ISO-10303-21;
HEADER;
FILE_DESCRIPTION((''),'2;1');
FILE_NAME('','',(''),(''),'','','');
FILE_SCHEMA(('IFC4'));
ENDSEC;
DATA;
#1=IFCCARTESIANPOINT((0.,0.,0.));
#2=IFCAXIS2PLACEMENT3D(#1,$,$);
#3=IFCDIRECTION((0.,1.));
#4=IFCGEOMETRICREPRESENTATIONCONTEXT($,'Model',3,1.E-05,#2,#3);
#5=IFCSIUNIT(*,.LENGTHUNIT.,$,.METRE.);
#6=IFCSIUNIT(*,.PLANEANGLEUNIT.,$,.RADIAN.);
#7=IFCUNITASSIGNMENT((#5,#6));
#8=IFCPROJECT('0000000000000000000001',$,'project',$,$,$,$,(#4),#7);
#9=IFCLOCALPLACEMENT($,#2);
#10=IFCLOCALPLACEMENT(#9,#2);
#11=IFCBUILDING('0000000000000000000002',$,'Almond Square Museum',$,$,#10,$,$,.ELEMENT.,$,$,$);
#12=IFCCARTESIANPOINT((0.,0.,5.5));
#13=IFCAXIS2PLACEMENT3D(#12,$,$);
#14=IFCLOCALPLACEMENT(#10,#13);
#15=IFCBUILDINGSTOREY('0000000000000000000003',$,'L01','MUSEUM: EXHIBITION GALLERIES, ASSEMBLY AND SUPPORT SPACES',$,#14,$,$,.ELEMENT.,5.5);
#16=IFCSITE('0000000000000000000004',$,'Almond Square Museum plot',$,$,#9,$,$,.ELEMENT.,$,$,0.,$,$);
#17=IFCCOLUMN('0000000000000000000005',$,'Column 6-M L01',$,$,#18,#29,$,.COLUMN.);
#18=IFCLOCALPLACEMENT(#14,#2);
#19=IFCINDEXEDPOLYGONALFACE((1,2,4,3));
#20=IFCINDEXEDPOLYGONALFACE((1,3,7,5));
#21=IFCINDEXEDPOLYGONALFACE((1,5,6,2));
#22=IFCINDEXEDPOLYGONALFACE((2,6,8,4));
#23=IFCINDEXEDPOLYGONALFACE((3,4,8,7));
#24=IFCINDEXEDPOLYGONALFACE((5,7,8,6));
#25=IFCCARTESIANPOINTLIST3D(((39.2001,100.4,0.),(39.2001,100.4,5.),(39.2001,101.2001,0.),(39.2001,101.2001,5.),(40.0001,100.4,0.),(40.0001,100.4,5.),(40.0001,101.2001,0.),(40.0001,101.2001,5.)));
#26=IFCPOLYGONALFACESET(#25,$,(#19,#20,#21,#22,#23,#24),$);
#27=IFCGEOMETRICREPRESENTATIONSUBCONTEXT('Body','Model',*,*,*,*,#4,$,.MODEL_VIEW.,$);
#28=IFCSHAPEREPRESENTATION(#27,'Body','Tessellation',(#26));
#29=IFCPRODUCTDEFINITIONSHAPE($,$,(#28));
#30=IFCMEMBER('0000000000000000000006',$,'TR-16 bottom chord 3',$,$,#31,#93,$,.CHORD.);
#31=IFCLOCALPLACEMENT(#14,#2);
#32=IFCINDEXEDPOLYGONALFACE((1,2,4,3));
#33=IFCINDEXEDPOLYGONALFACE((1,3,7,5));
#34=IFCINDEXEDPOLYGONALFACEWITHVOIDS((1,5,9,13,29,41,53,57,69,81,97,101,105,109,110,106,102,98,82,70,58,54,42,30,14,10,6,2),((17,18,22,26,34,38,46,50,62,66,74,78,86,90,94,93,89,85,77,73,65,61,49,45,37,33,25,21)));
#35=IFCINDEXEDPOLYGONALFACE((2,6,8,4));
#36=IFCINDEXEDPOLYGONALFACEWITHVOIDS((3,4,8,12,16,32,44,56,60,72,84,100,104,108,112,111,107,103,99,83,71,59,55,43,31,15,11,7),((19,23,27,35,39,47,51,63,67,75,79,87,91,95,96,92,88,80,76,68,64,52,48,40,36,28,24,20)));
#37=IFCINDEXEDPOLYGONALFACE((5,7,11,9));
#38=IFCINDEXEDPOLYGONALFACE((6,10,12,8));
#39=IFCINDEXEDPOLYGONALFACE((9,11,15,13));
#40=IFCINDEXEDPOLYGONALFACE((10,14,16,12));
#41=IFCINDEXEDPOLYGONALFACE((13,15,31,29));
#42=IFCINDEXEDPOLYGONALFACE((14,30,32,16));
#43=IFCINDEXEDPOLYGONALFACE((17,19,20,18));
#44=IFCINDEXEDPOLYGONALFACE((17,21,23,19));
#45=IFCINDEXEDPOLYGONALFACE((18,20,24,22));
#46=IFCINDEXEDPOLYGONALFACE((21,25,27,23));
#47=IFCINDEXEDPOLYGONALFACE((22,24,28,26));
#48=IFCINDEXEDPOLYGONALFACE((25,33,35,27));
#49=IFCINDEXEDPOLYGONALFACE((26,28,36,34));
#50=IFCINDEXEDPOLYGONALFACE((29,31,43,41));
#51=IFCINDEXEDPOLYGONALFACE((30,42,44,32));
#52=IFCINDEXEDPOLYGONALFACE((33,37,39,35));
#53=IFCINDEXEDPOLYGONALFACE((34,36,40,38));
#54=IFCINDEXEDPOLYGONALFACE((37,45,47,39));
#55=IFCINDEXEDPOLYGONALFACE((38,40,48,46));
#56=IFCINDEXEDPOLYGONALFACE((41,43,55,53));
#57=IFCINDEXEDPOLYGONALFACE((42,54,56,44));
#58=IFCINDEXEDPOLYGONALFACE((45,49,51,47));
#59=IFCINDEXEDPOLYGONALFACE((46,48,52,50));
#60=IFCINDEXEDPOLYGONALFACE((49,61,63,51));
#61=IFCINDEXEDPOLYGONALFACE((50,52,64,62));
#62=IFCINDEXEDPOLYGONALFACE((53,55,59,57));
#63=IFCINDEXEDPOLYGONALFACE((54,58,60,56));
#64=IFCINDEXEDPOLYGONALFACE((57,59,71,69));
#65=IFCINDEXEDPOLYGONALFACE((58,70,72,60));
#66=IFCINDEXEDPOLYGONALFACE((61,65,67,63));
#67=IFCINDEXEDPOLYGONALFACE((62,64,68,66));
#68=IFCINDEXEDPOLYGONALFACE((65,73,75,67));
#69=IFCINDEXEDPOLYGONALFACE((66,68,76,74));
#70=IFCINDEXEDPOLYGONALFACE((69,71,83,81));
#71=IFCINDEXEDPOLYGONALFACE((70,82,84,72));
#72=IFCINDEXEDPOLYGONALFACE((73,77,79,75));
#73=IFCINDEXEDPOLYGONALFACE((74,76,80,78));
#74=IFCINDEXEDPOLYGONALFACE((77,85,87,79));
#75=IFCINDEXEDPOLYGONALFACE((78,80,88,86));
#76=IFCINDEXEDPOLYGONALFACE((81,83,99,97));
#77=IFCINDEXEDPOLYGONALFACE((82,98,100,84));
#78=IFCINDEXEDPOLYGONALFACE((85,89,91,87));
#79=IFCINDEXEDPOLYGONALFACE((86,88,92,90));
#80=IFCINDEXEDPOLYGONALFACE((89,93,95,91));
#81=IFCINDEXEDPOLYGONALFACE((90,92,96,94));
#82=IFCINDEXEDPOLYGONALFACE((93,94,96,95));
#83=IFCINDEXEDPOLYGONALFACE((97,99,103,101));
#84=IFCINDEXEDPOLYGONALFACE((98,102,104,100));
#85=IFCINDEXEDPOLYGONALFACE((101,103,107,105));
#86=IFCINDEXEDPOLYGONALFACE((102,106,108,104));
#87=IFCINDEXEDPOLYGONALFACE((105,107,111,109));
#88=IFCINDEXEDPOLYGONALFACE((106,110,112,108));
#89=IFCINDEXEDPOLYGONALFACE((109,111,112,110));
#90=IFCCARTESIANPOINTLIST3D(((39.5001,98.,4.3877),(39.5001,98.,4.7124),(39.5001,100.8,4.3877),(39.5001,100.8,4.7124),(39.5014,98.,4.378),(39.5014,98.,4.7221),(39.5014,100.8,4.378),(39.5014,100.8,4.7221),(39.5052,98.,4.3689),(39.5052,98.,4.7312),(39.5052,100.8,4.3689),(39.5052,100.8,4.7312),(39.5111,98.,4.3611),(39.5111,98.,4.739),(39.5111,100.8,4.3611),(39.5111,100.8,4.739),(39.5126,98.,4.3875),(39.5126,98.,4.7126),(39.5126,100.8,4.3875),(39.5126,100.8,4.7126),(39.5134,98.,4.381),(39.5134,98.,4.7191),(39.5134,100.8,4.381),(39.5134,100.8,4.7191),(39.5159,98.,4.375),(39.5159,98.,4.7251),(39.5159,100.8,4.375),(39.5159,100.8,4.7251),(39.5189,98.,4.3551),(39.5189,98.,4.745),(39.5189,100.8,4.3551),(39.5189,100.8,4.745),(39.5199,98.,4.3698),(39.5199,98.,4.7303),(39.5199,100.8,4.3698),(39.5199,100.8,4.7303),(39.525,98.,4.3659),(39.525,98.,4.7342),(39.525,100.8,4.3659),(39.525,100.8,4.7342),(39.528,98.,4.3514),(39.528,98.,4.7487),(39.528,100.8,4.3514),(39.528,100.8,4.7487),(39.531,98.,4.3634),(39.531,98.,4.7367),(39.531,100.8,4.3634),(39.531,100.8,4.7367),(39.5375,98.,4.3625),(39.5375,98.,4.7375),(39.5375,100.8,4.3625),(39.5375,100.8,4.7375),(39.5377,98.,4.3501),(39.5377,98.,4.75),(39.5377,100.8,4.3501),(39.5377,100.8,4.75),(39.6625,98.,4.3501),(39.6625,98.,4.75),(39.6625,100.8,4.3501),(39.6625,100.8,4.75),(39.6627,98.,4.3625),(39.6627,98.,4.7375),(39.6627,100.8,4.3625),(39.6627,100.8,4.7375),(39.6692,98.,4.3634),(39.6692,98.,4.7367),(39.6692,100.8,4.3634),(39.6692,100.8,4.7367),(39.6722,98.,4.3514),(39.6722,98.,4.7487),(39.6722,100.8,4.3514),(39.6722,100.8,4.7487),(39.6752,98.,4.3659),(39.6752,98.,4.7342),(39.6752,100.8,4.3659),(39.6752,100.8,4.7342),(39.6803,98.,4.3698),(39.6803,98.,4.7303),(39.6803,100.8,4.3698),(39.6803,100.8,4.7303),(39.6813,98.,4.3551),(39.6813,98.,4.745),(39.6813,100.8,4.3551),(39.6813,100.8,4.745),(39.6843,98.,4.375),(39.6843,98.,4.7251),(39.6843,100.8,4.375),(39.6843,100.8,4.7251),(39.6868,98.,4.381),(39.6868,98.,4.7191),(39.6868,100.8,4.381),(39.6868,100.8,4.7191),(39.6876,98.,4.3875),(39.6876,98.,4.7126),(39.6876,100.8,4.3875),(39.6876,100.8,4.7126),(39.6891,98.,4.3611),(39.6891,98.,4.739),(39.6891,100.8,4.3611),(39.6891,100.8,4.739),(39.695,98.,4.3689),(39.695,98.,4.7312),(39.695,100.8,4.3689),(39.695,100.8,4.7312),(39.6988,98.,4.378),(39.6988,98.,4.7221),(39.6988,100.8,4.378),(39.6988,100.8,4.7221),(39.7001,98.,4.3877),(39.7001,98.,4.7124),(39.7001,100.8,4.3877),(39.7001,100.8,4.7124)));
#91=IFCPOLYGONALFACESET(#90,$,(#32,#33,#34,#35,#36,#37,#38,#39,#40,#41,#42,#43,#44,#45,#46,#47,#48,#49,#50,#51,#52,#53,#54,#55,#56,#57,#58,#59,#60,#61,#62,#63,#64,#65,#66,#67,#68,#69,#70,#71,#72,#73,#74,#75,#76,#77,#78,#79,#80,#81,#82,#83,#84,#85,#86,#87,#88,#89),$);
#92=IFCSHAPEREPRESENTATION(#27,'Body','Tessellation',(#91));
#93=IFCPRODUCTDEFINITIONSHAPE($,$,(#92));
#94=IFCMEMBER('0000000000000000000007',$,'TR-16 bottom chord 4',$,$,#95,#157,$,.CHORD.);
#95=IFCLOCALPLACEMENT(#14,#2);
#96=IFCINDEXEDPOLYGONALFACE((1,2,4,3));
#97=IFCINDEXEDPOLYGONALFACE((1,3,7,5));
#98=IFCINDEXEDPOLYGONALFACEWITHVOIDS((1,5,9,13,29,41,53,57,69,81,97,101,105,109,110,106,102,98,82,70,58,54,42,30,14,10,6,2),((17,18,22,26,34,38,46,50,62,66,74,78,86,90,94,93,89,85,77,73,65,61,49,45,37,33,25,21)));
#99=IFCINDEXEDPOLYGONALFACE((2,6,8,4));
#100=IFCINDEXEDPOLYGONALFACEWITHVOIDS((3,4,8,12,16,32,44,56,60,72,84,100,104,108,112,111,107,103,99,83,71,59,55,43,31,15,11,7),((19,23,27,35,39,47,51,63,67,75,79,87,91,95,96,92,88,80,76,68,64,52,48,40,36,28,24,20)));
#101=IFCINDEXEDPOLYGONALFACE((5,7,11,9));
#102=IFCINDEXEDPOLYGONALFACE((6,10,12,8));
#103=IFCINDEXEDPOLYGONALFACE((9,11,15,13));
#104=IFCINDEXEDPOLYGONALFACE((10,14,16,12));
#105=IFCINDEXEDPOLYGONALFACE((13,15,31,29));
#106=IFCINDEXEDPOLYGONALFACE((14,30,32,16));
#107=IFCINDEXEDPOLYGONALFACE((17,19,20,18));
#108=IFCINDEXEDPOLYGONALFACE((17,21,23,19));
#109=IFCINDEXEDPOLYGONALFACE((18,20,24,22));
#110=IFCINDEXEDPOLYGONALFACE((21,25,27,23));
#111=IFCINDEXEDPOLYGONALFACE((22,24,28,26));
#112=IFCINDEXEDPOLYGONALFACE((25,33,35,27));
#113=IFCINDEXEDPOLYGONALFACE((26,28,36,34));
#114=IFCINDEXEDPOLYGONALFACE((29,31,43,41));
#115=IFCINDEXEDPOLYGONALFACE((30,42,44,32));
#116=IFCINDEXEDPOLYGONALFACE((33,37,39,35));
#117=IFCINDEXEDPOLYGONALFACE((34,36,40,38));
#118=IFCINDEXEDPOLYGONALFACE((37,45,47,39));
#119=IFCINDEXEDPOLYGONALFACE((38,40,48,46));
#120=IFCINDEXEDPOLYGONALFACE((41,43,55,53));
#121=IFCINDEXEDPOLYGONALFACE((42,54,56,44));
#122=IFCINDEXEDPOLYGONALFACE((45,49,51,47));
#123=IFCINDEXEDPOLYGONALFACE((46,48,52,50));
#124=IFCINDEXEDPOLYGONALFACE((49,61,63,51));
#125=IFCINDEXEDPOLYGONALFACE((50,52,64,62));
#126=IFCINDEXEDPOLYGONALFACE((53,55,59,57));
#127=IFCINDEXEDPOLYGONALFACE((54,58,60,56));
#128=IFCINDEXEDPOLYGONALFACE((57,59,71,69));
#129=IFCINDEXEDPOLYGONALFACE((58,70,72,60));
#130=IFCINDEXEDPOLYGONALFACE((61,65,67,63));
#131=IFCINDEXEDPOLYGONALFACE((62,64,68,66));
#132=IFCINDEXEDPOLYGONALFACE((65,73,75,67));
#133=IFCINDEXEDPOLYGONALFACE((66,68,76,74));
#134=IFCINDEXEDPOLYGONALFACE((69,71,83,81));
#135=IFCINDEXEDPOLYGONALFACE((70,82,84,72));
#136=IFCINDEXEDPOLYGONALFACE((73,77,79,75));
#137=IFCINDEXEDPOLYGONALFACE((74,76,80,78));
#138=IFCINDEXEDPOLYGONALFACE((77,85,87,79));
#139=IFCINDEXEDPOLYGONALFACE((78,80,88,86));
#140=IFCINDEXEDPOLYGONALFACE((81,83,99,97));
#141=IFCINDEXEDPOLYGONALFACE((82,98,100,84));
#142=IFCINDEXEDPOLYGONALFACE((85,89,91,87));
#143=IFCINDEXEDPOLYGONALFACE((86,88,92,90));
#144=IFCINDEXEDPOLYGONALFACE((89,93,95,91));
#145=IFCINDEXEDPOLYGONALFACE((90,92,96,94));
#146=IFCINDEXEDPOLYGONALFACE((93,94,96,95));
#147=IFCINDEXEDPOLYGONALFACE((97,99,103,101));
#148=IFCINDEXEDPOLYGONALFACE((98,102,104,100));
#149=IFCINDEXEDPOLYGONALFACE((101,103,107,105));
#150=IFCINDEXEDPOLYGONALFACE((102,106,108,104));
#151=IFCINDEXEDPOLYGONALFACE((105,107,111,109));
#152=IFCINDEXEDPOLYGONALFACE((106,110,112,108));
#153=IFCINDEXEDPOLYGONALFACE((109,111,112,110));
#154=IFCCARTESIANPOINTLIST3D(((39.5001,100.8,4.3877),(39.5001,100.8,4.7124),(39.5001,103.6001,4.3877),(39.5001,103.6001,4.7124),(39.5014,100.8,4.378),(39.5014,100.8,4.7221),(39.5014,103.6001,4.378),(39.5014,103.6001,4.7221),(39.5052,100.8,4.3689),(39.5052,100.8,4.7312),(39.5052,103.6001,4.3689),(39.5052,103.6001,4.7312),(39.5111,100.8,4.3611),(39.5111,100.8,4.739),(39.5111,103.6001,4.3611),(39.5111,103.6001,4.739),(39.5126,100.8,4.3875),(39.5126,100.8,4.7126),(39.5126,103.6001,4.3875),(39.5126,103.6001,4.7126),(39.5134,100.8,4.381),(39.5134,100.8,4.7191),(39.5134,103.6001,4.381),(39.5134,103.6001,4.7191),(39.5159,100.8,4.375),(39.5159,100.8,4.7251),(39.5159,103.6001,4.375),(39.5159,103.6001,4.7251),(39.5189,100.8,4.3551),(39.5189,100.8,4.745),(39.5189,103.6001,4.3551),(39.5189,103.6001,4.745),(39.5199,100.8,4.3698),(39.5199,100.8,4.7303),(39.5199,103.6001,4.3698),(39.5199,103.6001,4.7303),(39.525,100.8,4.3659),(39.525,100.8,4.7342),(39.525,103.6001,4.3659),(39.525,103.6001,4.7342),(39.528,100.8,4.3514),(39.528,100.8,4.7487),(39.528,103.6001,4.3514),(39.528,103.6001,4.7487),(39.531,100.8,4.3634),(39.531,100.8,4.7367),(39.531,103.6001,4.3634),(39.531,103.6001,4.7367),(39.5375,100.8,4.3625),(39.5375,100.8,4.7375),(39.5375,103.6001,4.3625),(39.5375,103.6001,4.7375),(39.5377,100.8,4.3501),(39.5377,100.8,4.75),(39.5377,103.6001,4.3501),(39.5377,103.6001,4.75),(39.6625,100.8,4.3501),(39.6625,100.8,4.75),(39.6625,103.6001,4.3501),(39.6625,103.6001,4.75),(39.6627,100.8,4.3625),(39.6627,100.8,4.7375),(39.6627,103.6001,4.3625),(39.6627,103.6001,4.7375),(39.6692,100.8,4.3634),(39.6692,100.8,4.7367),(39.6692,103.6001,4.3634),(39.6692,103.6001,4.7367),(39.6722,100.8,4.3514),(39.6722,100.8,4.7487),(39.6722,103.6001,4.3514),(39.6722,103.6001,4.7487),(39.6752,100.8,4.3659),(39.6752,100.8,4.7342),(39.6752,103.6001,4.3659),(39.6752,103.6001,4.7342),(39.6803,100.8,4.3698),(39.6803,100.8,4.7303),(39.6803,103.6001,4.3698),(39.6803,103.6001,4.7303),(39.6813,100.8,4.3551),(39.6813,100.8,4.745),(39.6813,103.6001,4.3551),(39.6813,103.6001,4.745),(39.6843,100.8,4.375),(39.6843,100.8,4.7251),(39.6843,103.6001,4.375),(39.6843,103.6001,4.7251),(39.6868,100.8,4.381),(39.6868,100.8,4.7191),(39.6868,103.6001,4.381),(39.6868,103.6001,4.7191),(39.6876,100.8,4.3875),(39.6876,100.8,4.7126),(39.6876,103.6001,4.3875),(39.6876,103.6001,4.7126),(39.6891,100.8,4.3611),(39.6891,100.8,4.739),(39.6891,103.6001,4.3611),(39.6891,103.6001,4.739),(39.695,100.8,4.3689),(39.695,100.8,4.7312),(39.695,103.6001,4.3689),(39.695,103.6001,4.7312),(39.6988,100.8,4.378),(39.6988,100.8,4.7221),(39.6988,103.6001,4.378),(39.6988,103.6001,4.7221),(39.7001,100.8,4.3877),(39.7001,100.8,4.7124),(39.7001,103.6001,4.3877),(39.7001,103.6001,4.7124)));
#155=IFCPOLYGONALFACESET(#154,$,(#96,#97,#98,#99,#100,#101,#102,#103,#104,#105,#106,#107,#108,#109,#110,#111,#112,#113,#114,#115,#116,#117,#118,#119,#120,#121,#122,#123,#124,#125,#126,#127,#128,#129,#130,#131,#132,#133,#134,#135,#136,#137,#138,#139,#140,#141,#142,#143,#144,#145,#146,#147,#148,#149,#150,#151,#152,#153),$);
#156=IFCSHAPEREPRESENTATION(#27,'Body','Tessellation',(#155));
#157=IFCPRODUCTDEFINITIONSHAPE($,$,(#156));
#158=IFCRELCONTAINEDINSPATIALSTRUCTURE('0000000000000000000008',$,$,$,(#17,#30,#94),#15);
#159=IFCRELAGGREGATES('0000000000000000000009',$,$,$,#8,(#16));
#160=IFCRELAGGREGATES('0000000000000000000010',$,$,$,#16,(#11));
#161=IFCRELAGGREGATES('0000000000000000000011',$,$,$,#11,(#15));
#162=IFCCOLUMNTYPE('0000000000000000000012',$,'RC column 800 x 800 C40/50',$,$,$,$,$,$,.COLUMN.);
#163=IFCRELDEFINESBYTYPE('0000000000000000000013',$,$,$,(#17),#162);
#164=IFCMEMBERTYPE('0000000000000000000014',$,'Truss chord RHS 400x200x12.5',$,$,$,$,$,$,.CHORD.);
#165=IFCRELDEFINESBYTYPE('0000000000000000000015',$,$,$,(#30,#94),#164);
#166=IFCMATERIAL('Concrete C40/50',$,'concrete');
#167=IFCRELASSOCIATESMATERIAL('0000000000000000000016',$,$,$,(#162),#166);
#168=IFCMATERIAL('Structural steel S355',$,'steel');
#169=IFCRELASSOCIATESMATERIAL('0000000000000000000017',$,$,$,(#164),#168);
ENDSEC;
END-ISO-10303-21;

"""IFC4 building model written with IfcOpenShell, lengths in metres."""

from ifc_helpers import new_model, si_unit, direction, frame, origin, origin_2d, place, context, subcontext, project, spatial, rectangle, hollow_rectangle, extrude, material, material_profile, profile_set, type_object, element, save


model = new_model("IFC4")

# Units and contexts
model_context = context("Model", 3, precision=1e-05, world=origin(), true_north=direction((0.0, 1.0)))
body_context = subcontext(model_context, "Body", "Model", "MODEL_VIEW")
ifc_project = project(units=[si_unit("LENGTHUNIT", "METRE"), si_unit("PLANEANGLEUNIT", "RADIAN")], contexts=[model_context])

# Site, building, storey
site_placement = place(None, origin())
site = spatial("IfcSite", under=ifc_project, at=site_placement, Name="Almond Square Museum plot", CompositionType="ELEMENT", RefElevation=0.0)
building_placement = place(site_placement, origin())
building = spatial("IfcBuilding", under=site, at=building_placement, Name="Almond Square Museum", CompositionType="ELEMENT")
storey_placement = place(building_placement, frame((0.0, 0.0, 5.5)))
storey = spatial("IfcBuildingStorey", under=building, at=storey_placement, Name="L01", Description="MUSEUM: EXHIBITION GALLERIES, ASSEMBLY AND SUPPORT SPACES", CompositionType="ELEMENT", Elevation=5.5)

# Column
ifc_material_1 = material(Name="Concrete C40/50", Category="concrete")
ifc_material_profile_1 = material_profile(ifc_material_1, rectangle(XDim=0.8, YDim=0.8, at=origin_2d()))
ifc_profile_set_1 = profile_set([ifc_material_profile_1], Name="Concrete C40/50")
column_type = type_object("IfcColumnType", Name="RC column 800 x 800 C40/50", PredefinedType="COLUMN", material=ifc_profile_set_1)
column_placement = place(storey_placement, frame((39.6001, 100.8, 0.0), z_axis=(0.0, 0.0, 1.0), x_axis=(1.0, 0.0, 0.0)))
element("IfcColumn", 1, at=column_placement, inside=storey, type_object=column_type, Name="Column 6-M L01", PredefinedType="COLUMN", context=body_context, shape_type="SweptSolid", body=[
    extrude(rectangle(XDim=0.8, YDim=0.8, at=origin_2d()), origin(), (0.0, 0.0, 1.0), 5.0),
])

# Members
ifc_material_2 = material(Name="Structural steel S355", Category="steel")
ifc_material_profile_2 = material_profile(ifc_material_2, hollow_rectangle(XDim=0.2, YDim=0.3999, WallThickness=0.0125, InnerFilletRadius=0.0249, OuterFilletRadius=0.0376, at=origin_2d()))
ifc_profile_set_2 = profile_set([ifc_material_profile_2], Name="Structural steel S355")
member_type_1 = type_object("IfcMemberType", Name="Truss chord RHS 400x200x12.5", PredefinedType="CHORD", material=ifc_profile_set_2)
for number, where, z_axis, x_axis, name in (
    (2, (39.6001, 98.0, 4.55), (0.0, 1.0, 0.0), (-1.0, 0.0, 0.0), "TR-16 bottom chord 3"),
    (3, (39.6001, 100.8, 4.55), (0.0, 1.0, 0.0), (-1.0, 0.0, 0.0), "TR-16 bottom chord 4"),
):
    element("IfcMember", number, at=place(storey_placement, frame(where, z_axis=z_axis, x_axis=x_axis)), inside=storey, type_object=member_type_1, Name=name, PredefinedType="CHORD", context=body_context, shape_type="SweptSolid", body=[
        extrude(hollow_rectangle(XDim=0.2, YDim=0.3999, WallThickness=0.0125, InnerFilletRadius=0.0249, OuterFilletRadius=0.0376, at=origin_2d()), origin(), (0.0, 0.0, 1.0), 2.8),
    ])

save(model, "model.ifc")
